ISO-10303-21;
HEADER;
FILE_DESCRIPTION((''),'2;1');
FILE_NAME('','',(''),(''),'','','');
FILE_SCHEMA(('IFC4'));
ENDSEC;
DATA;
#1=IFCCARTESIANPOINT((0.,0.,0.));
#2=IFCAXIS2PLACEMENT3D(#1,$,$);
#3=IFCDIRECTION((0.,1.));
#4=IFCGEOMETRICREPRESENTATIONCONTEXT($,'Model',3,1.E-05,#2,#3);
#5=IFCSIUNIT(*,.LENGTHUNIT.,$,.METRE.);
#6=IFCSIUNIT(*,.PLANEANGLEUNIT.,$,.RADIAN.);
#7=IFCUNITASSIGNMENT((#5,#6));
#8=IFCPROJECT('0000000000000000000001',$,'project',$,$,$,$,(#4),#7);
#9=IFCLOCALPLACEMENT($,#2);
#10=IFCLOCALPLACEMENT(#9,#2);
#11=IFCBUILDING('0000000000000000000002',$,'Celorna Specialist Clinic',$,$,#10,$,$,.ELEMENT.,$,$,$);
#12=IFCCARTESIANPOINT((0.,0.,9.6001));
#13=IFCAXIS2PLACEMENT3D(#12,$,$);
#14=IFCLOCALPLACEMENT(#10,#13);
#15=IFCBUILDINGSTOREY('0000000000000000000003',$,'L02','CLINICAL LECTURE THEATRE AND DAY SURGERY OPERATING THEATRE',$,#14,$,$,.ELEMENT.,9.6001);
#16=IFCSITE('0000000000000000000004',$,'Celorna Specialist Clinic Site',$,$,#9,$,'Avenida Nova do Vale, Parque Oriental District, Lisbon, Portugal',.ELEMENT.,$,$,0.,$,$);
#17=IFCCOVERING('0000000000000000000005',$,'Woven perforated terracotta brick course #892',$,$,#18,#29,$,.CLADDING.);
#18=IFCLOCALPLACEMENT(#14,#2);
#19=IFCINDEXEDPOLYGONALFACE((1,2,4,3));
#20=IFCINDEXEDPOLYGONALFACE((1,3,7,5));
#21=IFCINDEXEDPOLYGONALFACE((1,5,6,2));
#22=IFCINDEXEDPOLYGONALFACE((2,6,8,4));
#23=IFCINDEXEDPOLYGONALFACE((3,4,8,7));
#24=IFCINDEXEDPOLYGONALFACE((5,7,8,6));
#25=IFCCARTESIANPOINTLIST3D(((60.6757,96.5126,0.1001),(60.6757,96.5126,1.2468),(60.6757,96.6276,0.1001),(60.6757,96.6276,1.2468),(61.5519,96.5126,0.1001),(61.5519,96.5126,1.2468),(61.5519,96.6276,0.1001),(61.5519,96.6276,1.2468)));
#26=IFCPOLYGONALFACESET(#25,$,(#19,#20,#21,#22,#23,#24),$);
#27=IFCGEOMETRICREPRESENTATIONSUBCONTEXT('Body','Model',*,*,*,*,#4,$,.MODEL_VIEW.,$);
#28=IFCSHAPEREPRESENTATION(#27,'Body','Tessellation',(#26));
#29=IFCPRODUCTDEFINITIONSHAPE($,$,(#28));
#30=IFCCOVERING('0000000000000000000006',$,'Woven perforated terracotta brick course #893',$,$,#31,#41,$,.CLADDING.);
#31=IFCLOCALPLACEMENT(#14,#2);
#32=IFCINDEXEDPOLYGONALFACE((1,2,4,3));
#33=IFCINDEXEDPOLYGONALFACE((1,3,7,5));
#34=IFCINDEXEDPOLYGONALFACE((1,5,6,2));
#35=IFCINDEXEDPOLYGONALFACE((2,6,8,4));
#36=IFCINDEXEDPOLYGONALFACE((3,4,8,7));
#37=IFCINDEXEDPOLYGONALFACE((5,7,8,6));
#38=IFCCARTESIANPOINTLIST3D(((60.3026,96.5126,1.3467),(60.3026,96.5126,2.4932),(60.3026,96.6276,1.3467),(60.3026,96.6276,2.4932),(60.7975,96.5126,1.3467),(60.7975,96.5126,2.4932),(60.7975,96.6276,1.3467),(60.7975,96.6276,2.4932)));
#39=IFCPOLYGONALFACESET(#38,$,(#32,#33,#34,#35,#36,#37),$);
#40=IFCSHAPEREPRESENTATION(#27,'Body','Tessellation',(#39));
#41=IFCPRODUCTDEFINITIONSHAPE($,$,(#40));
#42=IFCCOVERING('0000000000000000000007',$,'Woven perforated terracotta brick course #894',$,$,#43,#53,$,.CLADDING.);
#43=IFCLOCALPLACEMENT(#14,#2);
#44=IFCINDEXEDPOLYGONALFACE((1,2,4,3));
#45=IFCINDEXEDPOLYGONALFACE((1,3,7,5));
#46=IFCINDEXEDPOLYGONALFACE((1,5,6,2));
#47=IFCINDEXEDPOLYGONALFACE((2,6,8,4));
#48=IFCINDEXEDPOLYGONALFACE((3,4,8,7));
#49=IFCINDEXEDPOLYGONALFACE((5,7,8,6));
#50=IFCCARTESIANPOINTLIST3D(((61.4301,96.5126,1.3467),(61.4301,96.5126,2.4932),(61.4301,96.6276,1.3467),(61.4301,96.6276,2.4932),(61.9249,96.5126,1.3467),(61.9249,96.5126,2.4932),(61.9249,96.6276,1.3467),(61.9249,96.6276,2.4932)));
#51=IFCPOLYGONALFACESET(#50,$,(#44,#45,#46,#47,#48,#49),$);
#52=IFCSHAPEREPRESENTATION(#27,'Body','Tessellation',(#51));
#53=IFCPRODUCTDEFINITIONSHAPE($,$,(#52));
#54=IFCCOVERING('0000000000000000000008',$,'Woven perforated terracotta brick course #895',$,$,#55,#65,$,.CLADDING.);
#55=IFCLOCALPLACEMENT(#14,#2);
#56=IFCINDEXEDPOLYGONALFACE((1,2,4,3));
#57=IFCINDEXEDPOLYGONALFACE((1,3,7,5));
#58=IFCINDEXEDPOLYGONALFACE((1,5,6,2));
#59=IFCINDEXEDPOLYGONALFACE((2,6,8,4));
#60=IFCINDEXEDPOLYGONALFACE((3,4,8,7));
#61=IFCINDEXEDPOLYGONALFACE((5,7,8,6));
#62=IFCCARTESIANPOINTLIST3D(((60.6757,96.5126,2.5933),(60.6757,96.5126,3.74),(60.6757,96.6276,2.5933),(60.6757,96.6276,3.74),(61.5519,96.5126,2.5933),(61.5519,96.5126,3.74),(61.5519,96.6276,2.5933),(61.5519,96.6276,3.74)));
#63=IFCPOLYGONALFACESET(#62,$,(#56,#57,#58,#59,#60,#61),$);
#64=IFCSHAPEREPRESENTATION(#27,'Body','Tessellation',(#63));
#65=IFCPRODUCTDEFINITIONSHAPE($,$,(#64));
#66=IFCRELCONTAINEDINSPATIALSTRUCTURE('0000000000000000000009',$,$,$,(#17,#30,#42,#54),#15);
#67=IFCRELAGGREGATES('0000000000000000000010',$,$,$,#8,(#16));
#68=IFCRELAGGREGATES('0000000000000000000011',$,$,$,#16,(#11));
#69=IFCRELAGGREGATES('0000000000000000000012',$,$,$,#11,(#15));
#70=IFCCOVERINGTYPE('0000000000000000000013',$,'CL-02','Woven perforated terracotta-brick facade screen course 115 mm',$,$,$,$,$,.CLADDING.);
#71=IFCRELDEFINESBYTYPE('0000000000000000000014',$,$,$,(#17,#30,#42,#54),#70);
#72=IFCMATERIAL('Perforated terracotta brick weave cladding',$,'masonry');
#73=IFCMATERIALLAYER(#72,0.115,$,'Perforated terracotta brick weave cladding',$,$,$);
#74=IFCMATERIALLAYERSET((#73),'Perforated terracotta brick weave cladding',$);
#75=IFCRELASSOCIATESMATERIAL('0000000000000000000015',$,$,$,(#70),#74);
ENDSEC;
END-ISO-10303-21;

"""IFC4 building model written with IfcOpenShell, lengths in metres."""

from ifc_helpers import new_model, si_unit, direction, frame, origin, origin_2d, place, context, subcontext, project, spatial, rectangle, extrude, material, layer, layer_set, type_object, element, save


model = new_model("IFC4")

# Units and contexts
model_context = context("Model", 3, precision=1e-05, world=origin(), true_north=direction((0.0, 1.0)))
body_context = subcontext(model_context, "Body", "Model", "MODEL_VIEW")
ifc_project = project(units=[si_unit("LENGTHUNIT", "METRE"), si_unit("PLANEANGLEUNIT", "RADIAN")], contexts=[model_context])

# Site, building, storey
site_placement = place(None, origin())
site = spatial("IfcSite", under=ifc_project, at=site_placement, Name="Celorna Specialist Clinic Site", LongName="Avenida Nova do Vale, Parque Oriental District, Lisbon, Portugal", CompositionType="ELEMENT", RefElevation=0.0)
building_placement = place(site_placement, origin())
building = spatial("IfcBuilding", under=site, at=building_placement, Name="Celorna Specialist Clinic", CompositionType="ELEMENT")
storey_placement = place(building_placement, frame((0.0, 0.0, 9.6001)))
storey = spatial("IfcBuildingStorey", under=building, at=storey_placement, Name="L02", Description="CLINICAL LECTURE THEATRE AND DAY SURGERY OPERATING THEATRE", CompositionType="ELEMENT", Elevation=9.6001)

# Coverings
ifc_material_1 = material(Name="Perforated terracotta brick weave cladding", Category="masonry")
ifc_layer_1 = layer(ifc_material_1, 0.115, Name="Perforated terracotta brick weave cladding")
ifc_layer_set_1 = layer_set([ifc_layer_1], Name="Perforated terracotta brick weave cladding")
covering_type = type_object("IfcCoveringType", Name="CL-02", Description="Woven perforated terracotta-brick facade screen course 115 mm", PredefinedType="CLADDING", material=ifc_layer_set_1)
covering_1_placement = place(storey_placement, frame((61.1138, 96.5701, 0.1001), z_axis=(0.0, 0.0, 1.0), x_axis=(1.0, 0.0, 0.0)))
element("IfcCovering", 1, at=covering_1_placement, inside=storey, type_object=covering_type, Name="Woven perforated terracotta brick course #892", PredefinedType="CLADDING", context=body_context, shape_type="SweptSolid", body=[
    extrude(rectangle(XDim=0.8762, YDim=0.115, at=origin_2d()), origin(), (0.0, 0.0, 1.0), 1.1467),
])
for number, where, z_axis, x_axis, name in (
    (2, (60.55, 96.5701, 1.3467), (0.0, 0.0, 1.0), (1.0, 0.0, 0.0), "Woven perforated terracotta brick course #893"),
    (3, (61.6775, 96.5701, 1.3467), (0.0, 0.0, 1.0), (1.0, 0.0, 0.0), "Woven perforated terracotta brick course #894"),
):
    element("IfcCovering", number, at=place(storey_placement, frame(where, z_axis=z_axis, x_axis=x_axis)), inside=storey, type_object=covering_type, Name=name, PredefinedType="CLADDING", context=body_context, shape_type="SweptSolid", body=[
        extrude(rectangle(XDim=0.4949, YDim=0.115, at=origin_2d()), origin(), (0.0, 0.0, 1.0), 1.1465),
    ])
covering_2_placement = place(storey_placement, frame((61.1138, 96.5701, 2.5933), z_axis=(0.0, 0.0, 1.0), x_axis=(1.0, 0.0, 0.0)))
element("IfcCovering", 4, at=covering_2_placement, inside=storey, type_object=covering_type, Name="Woven perforated terracotta brick course #895", PredefinedType="CLADDING", context=body_context, shape_type="SweptSolid", body=[
    extrude(rectangle(XDim=0.8762, YDim=0.115, at=origin_2d()), origin(), (0.0, 0.0, 1.0), 1.1467),
])

save(model, "model.ifc")
